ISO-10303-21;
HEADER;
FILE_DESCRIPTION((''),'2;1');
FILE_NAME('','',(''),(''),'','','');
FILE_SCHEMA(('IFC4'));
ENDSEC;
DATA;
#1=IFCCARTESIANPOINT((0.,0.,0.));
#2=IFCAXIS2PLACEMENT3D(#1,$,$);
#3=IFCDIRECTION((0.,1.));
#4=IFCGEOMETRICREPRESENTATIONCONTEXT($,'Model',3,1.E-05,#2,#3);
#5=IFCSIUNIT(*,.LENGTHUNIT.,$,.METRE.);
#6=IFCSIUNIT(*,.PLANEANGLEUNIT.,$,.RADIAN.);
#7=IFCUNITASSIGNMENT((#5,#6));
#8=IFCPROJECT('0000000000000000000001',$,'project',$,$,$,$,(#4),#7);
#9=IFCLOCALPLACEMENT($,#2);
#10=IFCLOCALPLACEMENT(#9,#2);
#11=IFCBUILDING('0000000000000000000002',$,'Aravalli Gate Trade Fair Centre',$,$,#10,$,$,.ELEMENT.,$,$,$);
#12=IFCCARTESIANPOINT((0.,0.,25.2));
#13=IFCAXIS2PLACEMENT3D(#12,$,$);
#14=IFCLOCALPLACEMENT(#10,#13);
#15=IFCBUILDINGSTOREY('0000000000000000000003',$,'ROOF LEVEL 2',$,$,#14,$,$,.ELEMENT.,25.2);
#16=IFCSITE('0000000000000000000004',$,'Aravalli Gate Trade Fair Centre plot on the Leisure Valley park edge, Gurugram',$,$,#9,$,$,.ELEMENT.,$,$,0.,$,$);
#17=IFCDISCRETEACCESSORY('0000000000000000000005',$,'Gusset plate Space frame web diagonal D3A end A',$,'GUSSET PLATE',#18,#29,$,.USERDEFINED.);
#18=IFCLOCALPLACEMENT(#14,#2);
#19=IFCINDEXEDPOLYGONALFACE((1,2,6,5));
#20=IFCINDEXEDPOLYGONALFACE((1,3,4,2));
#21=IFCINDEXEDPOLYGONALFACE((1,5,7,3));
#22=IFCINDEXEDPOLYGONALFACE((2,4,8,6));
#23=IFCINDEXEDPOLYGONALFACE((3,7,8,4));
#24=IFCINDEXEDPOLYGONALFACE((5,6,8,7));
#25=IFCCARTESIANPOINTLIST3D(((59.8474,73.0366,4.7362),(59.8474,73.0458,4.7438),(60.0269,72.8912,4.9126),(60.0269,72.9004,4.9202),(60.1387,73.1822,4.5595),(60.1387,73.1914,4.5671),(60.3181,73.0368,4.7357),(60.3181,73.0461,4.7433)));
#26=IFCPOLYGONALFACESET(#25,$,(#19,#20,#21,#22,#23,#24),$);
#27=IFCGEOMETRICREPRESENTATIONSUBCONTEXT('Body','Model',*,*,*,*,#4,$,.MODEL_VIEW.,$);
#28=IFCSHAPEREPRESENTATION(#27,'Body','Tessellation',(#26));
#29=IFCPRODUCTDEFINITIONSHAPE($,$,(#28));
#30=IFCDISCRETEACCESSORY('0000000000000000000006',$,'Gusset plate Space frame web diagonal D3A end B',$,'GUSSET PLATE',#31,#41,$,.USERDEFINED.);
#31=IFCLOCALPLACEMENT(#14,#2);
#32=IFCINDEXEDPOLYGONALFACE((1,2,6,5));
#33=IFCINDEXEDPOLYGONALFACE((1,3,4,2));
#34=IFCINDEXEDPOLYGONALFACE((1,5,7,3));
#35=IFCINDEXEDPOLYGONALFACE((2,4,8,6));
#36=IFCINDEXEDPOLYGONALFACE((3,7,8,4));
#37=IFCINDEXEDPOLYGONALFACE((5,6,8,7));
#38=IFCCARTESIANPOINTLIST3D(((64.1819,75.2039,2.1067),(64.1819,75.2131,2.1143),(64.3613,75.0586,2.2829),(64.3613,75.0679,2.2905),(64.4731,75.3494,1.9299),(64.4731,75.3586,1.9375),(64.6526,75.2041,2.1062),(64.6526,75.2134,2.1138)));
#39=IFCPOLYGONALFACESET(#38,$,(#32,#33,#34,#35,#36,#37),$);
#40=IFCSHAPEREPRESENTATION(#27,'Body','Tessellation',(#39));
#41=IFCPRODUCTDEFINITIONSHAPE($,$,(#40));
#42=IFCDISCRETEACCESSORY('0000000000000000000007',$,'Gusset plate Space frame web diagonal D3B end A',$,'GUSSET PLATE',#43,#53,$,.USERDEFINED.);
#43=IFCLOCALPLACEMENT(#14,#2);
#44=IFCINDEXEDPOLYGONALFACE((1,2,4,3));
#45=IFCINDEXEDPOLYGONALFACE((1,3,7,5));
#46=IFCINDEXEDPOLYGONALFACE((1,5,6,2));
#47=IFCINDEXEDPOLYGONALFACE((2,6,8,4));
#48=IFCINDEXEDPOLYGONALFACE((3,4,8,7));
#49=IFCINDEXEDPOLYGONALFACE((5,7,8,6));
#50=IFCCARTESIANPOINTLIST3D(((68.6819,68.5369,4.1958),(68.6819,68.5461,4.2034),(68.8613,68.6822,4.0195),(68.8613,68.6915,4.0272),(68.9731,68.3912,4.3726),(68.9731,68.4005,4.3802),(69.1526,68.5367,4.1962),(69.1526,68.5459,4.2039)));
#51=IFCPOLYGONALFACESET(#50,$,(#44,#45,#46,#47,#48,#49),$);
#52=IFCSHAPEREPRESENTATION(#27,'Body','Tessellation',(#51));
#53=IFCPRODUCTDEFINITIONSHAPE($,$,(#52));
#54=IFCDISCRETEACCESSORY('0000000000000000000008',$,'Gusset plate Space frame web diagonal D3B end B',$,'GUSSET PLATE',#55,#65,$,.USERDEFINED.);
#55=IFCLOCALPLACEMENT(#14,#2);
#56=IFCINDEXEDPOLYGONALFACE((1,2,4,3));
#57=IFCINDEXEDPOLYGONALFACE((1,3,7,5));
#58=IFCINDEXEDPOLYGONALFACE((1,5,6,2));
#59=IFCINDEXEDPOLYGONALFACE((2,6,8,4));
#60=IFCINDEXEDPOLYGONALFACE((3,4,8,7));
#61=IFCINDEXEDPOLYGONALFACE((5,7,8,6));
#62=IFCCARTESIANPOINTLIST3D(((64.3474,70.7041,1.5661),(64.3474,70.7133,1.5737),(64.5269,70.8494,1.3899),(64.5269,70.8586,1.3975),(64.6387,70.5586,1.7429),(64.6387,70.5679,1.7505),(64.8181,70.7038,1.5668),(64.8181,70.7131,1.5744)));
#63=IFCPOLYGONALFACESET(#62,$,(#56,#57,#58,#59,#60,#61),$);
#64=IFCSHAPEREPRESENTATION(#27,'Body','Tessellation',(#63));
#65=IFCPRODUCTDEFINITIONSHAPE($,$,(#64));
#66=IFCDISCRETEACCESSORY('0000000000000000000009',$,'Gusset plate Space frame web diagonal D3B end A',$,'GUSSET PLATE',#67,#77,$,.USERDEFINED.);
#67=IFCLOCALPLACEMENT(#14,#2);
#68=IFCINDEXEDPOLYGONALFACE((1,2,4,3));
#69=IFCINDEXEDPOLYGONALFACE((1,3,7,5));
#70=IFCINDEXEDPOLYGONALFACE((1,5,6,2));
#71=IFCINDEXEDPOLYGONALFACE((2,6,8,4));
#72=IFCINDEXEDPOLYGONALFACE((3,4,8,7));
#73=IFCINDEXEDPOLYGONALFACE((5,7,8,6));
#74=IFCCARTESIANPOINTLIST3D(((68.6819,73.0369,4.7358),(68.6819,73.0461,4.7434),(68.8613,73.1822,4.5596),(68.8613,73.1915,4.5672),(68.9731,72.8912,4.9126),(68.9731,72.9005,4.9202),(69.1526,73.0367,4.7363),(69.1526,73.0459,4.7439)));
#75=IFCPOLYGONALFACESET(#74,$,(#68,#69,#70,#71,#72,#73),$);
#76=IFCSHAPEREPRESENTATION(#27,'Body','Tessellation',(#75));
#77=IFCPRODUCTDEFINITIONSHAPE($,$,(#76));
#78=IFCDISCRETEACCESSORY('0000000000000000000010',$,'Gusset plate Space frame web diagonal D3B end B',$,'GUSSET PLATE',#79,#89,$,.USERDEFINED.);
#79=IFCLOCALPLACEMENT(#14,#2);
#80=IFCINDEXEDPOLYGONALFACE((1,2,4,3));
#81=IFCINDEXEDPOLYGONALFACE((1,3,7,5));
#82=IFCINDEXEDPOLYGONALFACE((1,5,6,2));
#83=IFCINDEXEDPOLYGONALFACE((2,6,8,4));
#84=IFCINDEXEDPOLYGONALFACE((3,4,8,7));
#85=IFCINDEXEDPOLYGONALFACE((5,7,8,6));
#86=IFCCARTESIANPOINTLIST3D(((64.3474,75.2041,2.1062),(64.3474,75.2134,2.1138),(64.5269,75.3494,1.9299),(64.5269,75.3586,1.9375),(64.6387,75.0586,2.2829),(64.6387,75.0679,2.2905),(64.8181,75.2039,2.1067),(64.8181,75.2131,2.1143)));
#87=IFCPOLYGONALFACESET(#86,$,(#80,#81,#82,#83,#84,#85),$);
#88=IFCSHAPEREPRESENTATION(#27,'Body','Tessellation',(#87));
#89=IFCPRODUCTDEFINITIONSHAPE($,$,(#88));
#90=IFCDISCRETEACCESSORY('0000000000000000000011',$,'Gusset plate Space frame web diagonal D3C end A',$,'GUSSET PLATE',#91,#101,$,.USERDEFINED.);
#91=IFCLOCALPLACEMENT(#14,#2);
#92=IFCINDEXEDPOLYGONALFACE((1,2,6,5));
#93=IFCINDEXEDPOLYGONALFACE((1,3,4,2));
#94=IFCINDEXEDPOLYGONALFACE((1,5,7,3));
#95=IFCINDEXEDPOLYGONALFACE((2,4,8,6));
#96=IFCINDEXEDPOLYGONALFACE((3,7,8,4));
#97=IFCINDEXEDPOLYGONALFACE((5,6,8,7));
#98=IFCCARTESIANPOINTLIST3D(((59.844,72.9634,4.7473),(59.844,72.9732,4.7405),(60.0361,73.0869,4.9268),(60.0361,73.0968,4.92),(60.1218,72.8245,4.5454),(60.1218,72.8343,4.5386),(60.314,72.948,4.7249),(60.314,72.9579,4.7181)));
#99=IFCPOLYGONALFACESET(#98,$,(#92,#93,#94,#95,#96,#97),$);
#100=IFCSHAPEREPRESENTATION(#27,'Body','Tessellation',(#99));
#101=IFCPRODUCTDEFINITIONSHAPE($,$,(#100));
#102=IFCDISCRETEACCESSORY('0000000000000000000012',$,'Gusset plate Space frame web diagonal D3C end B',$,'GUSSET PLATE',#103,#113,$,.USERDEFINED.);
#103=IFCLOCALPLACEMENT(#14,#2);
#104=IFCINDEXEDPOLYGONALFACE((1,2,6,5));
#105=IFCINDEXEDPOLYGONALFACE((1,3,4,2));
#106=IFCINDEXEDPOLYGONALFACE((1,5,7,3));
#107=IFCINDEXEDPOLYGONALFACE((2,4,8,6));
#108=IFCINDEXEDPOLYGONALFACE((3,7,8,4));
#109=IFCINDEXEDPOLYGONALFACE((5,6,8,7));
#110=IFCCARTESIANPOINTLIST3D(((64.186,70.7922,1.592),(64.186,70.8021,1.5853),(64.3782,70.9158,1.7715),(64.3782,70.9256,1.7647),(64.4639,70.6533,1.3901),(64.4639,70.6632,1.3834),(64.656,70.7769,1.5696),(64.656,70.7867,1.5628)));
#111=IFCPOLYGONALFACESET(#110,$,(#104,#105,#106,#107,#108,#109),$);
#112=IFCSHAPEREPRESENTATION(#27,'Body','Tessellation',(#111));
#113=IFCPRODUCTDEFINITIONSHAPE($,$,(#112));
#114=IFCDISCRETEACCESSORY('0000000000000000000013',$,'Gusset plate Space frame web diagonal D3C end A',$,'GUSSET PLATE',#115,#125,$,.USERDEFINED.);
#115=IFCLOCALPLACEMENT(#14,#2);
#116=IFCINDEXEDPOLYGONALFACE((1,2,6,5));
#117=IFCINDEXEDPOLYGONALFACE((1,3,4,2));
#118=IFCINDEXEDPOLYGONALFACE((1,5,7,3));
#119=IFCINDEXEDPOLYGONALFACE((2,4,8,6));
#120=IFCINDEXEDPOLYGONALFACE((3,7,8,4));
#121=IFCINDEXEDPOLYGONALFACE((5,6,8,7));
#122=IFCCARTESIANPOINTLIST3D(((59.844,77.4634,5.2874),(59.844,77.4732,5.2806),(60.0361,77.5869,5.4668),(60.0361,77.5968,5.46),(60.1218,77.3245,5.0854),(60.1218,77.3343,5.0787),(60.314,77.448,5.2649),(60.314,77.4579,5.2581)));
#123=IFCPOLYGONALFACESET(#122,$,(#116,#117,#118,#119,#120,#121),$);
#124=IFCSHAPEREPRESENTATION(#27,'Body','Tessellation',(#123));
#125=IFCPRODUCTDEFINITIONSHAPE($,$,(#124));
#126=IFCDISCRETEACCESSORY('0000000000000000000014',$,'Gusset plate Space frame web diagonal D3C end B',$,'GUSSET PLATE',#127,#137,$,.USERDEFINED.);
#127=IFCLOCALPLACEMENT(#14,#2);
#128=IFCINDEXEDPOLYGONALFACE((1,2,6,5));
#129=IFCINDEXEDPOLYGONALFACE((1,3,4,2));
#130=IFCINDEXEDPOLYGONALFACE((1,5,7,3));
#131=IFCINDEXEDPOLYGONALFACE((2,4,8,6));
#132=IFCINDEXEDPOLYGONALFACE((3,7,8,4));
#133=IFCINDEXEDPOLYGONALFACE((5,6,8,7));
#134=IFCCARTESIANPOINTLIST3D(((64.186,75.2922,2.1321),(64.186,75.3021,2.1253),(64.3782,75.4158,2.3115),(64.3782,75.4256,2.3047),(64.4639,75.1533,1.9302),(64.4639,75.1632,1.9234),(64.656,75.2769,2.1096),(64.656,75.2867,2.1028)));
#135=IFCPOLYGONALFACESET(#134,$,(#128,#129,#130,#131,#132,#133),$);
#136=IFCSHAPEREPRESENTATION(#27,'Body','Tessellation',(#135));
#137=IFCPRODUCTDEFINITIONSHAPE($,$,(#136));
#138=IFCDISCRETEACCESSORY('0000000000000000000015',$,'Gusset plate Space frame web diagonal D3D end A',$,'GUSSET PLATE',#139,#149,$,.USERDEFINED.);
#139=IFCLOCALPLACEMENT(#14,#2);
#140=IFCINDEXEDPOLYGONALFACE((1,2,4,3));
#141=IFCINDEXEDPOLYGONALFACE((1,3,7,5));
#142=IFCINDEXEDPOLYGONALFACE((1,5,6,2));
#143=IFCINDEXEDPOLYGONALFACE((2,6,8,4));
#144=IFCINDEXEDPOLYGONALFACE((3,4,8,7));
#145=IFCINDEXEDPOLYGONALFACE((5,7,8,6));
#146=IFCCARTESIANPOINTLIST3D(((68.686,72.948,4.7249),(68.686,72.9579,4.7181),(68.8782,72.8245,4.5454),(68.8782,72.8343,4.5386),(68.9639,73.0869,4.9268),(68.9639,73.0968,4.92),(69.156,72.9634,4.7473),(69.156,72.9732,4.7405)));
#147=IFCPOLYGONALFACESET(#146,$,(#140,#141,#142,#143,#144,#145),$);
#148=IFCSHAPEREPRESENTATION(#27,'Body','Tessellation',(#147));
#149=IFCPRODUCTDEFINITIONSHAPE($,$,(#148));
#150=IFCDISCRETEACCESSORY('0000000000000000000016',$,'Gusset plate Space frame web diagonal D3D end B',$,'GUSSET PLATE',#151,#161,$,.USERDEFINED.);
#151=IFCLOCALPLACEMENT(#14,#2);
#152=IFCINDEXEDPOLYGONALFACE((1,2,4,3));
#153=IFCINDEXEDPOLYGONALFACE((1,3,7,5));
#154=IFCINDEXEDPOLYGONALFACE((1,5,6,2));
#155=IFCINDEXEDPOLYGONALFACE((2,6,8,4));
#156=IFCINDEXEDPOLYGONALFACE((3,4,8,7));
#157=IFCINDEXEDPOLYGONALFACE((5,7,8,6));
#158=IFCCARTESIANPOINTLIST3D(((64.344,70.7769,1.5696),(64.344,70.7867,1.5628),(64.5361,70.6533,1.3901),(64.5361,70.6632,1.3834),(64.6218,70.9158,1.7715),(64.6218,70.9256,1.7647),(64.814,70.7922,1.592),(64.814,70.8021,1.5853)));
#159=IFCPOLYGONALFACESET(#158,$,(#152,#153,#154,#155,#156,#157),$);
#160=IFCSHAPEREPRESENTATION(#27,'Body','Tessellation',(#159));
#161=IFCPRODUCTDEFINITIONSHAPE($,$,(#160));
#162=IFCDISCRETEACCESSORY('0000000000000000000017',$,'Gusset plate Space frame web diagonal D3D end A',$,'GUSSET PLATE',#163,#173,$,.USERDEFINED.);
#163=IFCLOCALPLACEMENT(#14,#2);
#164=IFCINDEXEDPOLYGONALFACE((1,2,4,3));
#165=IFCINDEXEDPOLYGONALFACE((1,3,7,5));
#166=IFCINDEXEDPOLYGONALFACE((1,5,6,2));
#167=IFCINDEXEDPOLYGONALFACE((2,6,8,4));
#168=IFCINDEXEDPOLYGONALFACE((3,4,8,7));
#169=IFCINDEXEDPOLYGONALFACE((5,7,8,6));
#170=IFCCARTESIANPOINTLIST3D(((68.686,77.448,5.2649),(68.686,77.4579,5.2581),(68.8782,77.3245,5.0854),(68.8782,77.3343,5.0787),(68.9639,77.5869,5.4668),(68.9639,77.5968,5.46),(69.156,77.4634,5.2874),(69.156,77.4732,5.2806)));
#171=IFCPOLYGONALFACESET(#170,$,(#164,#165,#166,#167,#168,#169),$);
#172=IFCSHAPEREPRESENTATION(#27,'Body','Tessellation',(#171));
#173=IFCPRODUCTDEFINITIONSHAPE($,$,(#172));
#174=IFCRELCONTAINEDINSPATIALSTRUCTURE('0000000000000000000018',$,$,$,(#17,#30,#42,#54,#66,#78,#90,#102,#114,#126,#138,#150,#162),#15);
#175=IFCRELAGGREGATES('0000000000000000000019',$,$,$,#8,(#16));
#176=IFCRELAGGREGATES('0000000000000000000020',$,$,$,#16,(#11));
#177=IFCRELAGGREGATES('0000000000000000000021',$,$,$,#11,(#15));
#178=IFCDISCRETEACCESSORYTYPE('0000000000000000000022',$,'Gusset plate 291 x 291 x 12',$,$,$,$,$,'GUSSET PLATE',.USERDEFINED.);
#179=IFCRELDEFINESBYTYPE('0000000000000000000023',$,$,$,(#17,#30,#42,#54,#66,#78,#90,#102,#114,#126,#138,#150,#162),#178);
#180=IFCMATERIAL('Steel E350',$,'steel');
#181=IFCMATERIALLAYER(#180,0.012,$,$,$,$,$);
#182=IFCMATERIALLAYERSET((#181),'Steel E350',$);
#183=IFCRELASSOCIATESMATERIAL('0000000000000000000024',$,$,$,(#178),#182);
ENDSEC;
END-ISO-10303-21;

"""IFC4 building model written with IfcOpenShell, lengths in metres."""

from ifc_helpers import new_model, si_unit, direction, frame, origin, place, context, subcontext, project, spatial, polyline, outline, extrude, material, layer, layer_set, type_object, element, save


model = new_model("IFC4")

# Units and contexts
model_context = context("Model", 3, precision=1e-05, world=origin(), true_north=direction((0.0, 1.0)))
body_context = subcontext(model_context, "Body", "Model", "MODEL_VIEW")
ifc_project = project(units=[si_unit("LENGTHUNIT", "METRE"), si_unit("PLANEANGLEUNIT", "RADIAN")], contexts=[model_context])

# Site, building, storey
site_placement = place(None, origin())
site = spatial("IfcSite", under=ifc_project, at=site_placement, Name="Aravalli Gate Trade Fair Centre plot on the Leisure Valley park edge, Gurugram", CompositionType="ELEMENT", RefElevation=0.0)
building_placement = place(site_placement, origin())
building = spatial("IfcBuilding", under=site, at=building_placement, Name="Aravalli Gate Trade Fair Centre", CompositionType="ELEMENT")
storey_placement = place(building_placement, frame((0.0, 0.0, 25.2)))
storey = spatial("IfcBuildingStorey", under=building, at=storey_placement, Name="ROOF LEVEL 2", CompositionType="ELEMENT", Elevation=25.2)

# Shared definitions
ifc_material = material(Name="Steel E350", Category="steel")

# Discrete accessories
ifc_layer = layer(ifc_material, 0.012)
ifc_layer_set = layer_set([ifc_layer], Name="Steel E350")
discrete_accessory_type = type_object("IfcDiscreteAccessoryType", Name="Gusset plate 291 x 291 x 12", ElementType="GUSSET PLATE", PredefinedType="USERDEFINED", material=ifc_layer_set)
discrete_accessory_1_placement = place(storey_placement, frame((60.1387, 73.1914, 4.5671), z_axis=(0.00026, 0.771582, 0.63613), x_axis=(-0.78619, -0.392962, 0.476956)))
element("IfcDiscreteAccessory", 1, at=discrete_accessory_1_placement, inside=storey, type_object=discrete_accessory_type, Name="Gusset plate Space frame web diagonal D3A end A", ObjectType="GUSSET PLATE", PredefinedType="USERDEFINED", context=body_context, shape_type="SweptSolid", body=[
    extrude(outline(polyline([(0.0, 0.0), (0.3705, 0.0), (0.3706, 0.2906), (0.0001, 0.2905), (0.0, 0.0)])), origin(), (0.0, 0.0, -1.0), 0.012),
])
discrete_accessory_2_placement = place(storey_placement, frame((64.1819, 75.2131, 2.1143), z_axis=(0.000259, 0.771844, 0.635812), x_axis=(0.78619, 0.392765, -0.477118)))
element("IfcDiscreteAccessory", 2, at=discrete_accessory_2_placement, inside=storey, type_object=discrete_accessory_type, Name="Gusset plate Space frame web diagonal D3A end B", ObjectType="GUSSET PLATE", PredefinedType="USERDEFINED", context=body_context, shape_type="SweptSolid", body=[
    extrude(outline(polyline([(0.0, 0.0), (0.3705, 0.0), (0.3704, -0.2905), (-0.0001, -0.2905), (0.0, 0.0)])), origin(), (0.0, 0.0, -1.0), 0.012),
])
discrete_accessory_3_placement = place(storey_placement, frame((68.6819, 68.5461, 4.2034), z_axis=(-0.00026, 0.771582, 0.63613), x_axis=(0.785986, -0.393126, 0.477156)))
element("IfcDiscreteAccessory", 3, at=discrete_accessory_3_placement, inside=storey, type_object=discrete_accessory_type, Name="Gusset plate Space frame web diagonal D3B end A", ObjectType="GUSSET PLATE", PredefinedType="USERDEFINED", context=body_context, shape_type="SweptSolid", body=[
    extrude(outline(polyline([(0.0, 0.0), (0.3706, 0.0), (0.3703, 0.2906), (-0.0002, 0.2905), (0.0, 0.0)])), origin(), (0.0, 0.0, -1.0), 0.012),
])
discrete_accessory_4_placement = place(storey_placement, frame((64.6387, 70.5679, 1.7505), z_axis=(-0.000589, 0.771792, 0.635874), x_axis=(-0.78619, 0.392604, -0.477251)))
element("IfcDiscreteAccessory", 4, at=discrete_accessory_4_placement, inside=storey, type_object=discrete_accessory_type, Name="Gusset plate Space frame web diagonal D3B end B", ObjectType="GUSSET PLATE", PredefinedType="USERDEFINED", context=body_context, shape_type="SweptSolid", body=[
    extrude(outline(polyline([(0.0, 0.0), (0.3705, 0.0), (0.3705, -0.2905), (0.0, -0.2903), (0.0, 0.0)])), origin(), (0.0, 0.0, -1.0), 0.012),
])
discrete_accessory_5_placement = place(storey_placement, frame((68.6819, 73.0461, 4.7434), z_axis=(-0.00026, 0.771582, 0.63613), x_axis=(0.785986, -0.393126, 0.477156)))
element("IfcDiscreteAccessory", 5, at=discrete_accessory_5_placement, inside=storey, type_object=discrete_accessory_type, Name="Gusset plate Space frame web diagonal D3B end A", ObjectType="GUSSET PLATE", PredefinedType="USERDEFINED", context=body_context, shape_type="SweptSolid", body=[
    extrude(outline(polyline([(0.0, 0.0), (0.3706, 0.0), (0.3703, 0.2906), (-0.0002, 0.2905), (0.0, 0.0)])), origin(), (0.0, 0.0, -1.0), 0.012),
])
discrete_accessory_6_placement = place(storey_placement, frame((64.6387, 75.0679, 2.2905), z_axis=(-0.000259, 0.771844, 0.635812), x_axis=(-0.78619, 0.392765, -0.477118)))
element("IfcDiscreteAccessory", 6, at=discrete_accessory_6_placement, inside=storey, type_object=discrete_accessory_type, Name="Gusset plate Space frame web diagonal D3B end B", ObjectType="GUSSET PLATE", PredefinedType="USERDEFINED", context=body_context, shape_type="SweptSolid", body=[
    extrude(outline(polyline([(0.0, 0.0), (0.3705, 0.0), (0.3705, -0.2905), (0.0001, -0.2905), (0.0, 0.0)])), origin(), (0.0, 0.0, -1.0), 0.012),
])
discrete_accessory_7_placement = place(storey_placement, frame((60.1218, 72.8245, 4.5454), z_axis=(0.000137, -0.82375, 0.566952), x_axis=(-0.749929, 0.374965, 0.544984)))
element("IfcDiscreteAccessory", 7, at=discrete_accessory_7_placement, inside=storey, type_object=discrete_accessory_type, Name="Gusset plate Space frame web diagonal D3C end A", ObjectType="GUSSET PLATE", PredefinedType="USERDEFINED", context=body_context, shape_type="SweptSolid", body=[
    extrude(outline(polyline([(0.0, 0.0), (0.3705, 0.0), (0.3705, -0.2905), (0.0, -0.2905), (0.0, 0.0)])), origin(), (0.0, 0.0, -1.0), 0.012),
])
discrete_accessory_8_placement = place(storey_placement, frame((64.186, 70.7922, 1.592), z_axis=(0.000137, -0.82375, 0.566952), x_axis=(0.749929, -0.374965, -0.544984)))
element("IfcDiscreteAccessory", 8, at=discrete_accessory_8_placement, inside=storey, type_object=discrete_accessory_type, Name="Gusset plate Space frame web diagonal D3C end B", ObjectType="GUSSET PLATE", PredefinedType="USERDEFINED", context=body_context, shape_type="SweptSolid", body=[
    extrude(outline(polyline([(0.0, 0.0), (0.3705, 0.0), (0.3705, 0.2905), (0.0, 0.2905), (0.0, 0.0)])), origin(), (0.0, 0.0, -1.0), 0.012),
])
discrete_accessory_9_placement = place(storey_placement, frame((60.1218, 77.3245, 5.0854), z_axis=(0.000137, -0.82375, 0.566952), x_axis=(-0.749929, 0.374965, 0.544984)))
element("IfcDiscreteAccessory", 9, at=discrete_accessory_9_placement, inside=storey, type_object=discrete_accessory_type, Name="Gusset plate Space frame web diagonal D3C end A", ObjectType="GUSSET PLATE", PredefinedType="USERDEFINED", context=body_context, shape_type="SweptSolid", body=[
    extrude(outline(polyline([(0.0, 0.0), (0.3705, 0.0), (0.3705, -0.2905), (0.0, -0.2905), (0.0, 0.0)])), origin(), (0.0, 0.0, -1.0), 0.012),
])
discrete_accessory_10_placement = place(storey_placement, frame((64.186, 75.2922, 2.1321), z_axis=(0.000137, -0.82375, 0.566952), x_axis=(0.749929, -0.374965, -0.544984)))
element("IfcDiscreteAccessory", 10, at=discrete_accessory_10_placement, inside=storey, type_object=discrete_accessory_type, Name="Gusset plate Space frame web diagonal D3C end B", ObjectType="GUSSET PLATE", PredefinedType="USERDEFINED", context=body_context, shape_type="SweptSolid", body=[
    extrude(outline(polyline([(0.0, 0.0), (0.3705, 0.0), (0.3705, 0.2905), (0.0, 0.2905), (0.0, 0.0)])), origin(), (0.0, 0.0, -1.0), 0.012),
])
discrete_accessory_11_placement = place(storey_placement, frame((68.686, 72.948, 4.7249), z_axis=(-0.000137, -0.82375, 0.566952), x_axis=(0.749929, 0.374965, 0.544984)))
element("IfcDiscreteAccessory", 11, at=discrete_accessory_11_placement, inside=storey, type_object=discrete_accessory_type, Name="Gusset plate Space frame web diagonal D3D end A", ObjectType="GUSSET PLATE", PredefinedType="USERDEFINED", context=body_context, shape_type="SweptSolid", body=[
    extrude(outline(polyline([(0.0, 0.0), (0.3705, 0.0), (0.3705, -0.2905), (0.0, -0.2905), (0.0, 0.0)])), origin(), (0.0, 0.0, -1.0), 0.012),
])
discrete_accessory_12_placement = place(storey_placement, frame((64.6218, 70.9158, 1.7715), z_axis=(-0.000137, -0.82375, 0.566952), x_axis=(-0.749929, -0.374965, -0.544984)))
element("IfcDiscreteAccessory", 12, at=discrete_accessory_12_placement, inside=storey, type_object=discrete_accessory_type, Name="Gusset plate Space frame web diagonal D3D end B", ObjectType="GUSSET PLATE", PredefinedType="USERDEFINED", context=body_context, shape_type="SweptSolid", body=[
    extrude(outline(polyline([(0.0, 0.0), (0.3705, 0.0), (0.3705, 0.2905), (0.0, 0.2905), (0.0, 0.0)])), origin(), (0.0, 0.0, -1.0), 0.012),
])
discrete_accessory_13_placement = place(storey_placement, frame((68.686, 77.448, 5.2649), z_axis=(-0.000137, -0.82375, 0.566952), x_axis=(0.749929, 0.374965, 0.544984)))
element("IfcDiscreteAccessory", 13, at=discrete_accessory_13_placement, inside=storey, type_object=discrete_accessory_type, Name="Gusset plate Space frame web diagonal D3D end A", ObjectType="GUSSET PLATE", PredefinedType="USERDEFINED", context=body_context, shape_type="SweptSolid", body=[
    extrude(outline(polyline([(0.0, 0.0), (0.3705, 0.0), (0.3705, -0.2905), (0.0, -0.2905), (0.0, 0.0)])), origin(), (0.0, 0.0, -1.0), 0.012),
])

save(model, "model.ifc")
